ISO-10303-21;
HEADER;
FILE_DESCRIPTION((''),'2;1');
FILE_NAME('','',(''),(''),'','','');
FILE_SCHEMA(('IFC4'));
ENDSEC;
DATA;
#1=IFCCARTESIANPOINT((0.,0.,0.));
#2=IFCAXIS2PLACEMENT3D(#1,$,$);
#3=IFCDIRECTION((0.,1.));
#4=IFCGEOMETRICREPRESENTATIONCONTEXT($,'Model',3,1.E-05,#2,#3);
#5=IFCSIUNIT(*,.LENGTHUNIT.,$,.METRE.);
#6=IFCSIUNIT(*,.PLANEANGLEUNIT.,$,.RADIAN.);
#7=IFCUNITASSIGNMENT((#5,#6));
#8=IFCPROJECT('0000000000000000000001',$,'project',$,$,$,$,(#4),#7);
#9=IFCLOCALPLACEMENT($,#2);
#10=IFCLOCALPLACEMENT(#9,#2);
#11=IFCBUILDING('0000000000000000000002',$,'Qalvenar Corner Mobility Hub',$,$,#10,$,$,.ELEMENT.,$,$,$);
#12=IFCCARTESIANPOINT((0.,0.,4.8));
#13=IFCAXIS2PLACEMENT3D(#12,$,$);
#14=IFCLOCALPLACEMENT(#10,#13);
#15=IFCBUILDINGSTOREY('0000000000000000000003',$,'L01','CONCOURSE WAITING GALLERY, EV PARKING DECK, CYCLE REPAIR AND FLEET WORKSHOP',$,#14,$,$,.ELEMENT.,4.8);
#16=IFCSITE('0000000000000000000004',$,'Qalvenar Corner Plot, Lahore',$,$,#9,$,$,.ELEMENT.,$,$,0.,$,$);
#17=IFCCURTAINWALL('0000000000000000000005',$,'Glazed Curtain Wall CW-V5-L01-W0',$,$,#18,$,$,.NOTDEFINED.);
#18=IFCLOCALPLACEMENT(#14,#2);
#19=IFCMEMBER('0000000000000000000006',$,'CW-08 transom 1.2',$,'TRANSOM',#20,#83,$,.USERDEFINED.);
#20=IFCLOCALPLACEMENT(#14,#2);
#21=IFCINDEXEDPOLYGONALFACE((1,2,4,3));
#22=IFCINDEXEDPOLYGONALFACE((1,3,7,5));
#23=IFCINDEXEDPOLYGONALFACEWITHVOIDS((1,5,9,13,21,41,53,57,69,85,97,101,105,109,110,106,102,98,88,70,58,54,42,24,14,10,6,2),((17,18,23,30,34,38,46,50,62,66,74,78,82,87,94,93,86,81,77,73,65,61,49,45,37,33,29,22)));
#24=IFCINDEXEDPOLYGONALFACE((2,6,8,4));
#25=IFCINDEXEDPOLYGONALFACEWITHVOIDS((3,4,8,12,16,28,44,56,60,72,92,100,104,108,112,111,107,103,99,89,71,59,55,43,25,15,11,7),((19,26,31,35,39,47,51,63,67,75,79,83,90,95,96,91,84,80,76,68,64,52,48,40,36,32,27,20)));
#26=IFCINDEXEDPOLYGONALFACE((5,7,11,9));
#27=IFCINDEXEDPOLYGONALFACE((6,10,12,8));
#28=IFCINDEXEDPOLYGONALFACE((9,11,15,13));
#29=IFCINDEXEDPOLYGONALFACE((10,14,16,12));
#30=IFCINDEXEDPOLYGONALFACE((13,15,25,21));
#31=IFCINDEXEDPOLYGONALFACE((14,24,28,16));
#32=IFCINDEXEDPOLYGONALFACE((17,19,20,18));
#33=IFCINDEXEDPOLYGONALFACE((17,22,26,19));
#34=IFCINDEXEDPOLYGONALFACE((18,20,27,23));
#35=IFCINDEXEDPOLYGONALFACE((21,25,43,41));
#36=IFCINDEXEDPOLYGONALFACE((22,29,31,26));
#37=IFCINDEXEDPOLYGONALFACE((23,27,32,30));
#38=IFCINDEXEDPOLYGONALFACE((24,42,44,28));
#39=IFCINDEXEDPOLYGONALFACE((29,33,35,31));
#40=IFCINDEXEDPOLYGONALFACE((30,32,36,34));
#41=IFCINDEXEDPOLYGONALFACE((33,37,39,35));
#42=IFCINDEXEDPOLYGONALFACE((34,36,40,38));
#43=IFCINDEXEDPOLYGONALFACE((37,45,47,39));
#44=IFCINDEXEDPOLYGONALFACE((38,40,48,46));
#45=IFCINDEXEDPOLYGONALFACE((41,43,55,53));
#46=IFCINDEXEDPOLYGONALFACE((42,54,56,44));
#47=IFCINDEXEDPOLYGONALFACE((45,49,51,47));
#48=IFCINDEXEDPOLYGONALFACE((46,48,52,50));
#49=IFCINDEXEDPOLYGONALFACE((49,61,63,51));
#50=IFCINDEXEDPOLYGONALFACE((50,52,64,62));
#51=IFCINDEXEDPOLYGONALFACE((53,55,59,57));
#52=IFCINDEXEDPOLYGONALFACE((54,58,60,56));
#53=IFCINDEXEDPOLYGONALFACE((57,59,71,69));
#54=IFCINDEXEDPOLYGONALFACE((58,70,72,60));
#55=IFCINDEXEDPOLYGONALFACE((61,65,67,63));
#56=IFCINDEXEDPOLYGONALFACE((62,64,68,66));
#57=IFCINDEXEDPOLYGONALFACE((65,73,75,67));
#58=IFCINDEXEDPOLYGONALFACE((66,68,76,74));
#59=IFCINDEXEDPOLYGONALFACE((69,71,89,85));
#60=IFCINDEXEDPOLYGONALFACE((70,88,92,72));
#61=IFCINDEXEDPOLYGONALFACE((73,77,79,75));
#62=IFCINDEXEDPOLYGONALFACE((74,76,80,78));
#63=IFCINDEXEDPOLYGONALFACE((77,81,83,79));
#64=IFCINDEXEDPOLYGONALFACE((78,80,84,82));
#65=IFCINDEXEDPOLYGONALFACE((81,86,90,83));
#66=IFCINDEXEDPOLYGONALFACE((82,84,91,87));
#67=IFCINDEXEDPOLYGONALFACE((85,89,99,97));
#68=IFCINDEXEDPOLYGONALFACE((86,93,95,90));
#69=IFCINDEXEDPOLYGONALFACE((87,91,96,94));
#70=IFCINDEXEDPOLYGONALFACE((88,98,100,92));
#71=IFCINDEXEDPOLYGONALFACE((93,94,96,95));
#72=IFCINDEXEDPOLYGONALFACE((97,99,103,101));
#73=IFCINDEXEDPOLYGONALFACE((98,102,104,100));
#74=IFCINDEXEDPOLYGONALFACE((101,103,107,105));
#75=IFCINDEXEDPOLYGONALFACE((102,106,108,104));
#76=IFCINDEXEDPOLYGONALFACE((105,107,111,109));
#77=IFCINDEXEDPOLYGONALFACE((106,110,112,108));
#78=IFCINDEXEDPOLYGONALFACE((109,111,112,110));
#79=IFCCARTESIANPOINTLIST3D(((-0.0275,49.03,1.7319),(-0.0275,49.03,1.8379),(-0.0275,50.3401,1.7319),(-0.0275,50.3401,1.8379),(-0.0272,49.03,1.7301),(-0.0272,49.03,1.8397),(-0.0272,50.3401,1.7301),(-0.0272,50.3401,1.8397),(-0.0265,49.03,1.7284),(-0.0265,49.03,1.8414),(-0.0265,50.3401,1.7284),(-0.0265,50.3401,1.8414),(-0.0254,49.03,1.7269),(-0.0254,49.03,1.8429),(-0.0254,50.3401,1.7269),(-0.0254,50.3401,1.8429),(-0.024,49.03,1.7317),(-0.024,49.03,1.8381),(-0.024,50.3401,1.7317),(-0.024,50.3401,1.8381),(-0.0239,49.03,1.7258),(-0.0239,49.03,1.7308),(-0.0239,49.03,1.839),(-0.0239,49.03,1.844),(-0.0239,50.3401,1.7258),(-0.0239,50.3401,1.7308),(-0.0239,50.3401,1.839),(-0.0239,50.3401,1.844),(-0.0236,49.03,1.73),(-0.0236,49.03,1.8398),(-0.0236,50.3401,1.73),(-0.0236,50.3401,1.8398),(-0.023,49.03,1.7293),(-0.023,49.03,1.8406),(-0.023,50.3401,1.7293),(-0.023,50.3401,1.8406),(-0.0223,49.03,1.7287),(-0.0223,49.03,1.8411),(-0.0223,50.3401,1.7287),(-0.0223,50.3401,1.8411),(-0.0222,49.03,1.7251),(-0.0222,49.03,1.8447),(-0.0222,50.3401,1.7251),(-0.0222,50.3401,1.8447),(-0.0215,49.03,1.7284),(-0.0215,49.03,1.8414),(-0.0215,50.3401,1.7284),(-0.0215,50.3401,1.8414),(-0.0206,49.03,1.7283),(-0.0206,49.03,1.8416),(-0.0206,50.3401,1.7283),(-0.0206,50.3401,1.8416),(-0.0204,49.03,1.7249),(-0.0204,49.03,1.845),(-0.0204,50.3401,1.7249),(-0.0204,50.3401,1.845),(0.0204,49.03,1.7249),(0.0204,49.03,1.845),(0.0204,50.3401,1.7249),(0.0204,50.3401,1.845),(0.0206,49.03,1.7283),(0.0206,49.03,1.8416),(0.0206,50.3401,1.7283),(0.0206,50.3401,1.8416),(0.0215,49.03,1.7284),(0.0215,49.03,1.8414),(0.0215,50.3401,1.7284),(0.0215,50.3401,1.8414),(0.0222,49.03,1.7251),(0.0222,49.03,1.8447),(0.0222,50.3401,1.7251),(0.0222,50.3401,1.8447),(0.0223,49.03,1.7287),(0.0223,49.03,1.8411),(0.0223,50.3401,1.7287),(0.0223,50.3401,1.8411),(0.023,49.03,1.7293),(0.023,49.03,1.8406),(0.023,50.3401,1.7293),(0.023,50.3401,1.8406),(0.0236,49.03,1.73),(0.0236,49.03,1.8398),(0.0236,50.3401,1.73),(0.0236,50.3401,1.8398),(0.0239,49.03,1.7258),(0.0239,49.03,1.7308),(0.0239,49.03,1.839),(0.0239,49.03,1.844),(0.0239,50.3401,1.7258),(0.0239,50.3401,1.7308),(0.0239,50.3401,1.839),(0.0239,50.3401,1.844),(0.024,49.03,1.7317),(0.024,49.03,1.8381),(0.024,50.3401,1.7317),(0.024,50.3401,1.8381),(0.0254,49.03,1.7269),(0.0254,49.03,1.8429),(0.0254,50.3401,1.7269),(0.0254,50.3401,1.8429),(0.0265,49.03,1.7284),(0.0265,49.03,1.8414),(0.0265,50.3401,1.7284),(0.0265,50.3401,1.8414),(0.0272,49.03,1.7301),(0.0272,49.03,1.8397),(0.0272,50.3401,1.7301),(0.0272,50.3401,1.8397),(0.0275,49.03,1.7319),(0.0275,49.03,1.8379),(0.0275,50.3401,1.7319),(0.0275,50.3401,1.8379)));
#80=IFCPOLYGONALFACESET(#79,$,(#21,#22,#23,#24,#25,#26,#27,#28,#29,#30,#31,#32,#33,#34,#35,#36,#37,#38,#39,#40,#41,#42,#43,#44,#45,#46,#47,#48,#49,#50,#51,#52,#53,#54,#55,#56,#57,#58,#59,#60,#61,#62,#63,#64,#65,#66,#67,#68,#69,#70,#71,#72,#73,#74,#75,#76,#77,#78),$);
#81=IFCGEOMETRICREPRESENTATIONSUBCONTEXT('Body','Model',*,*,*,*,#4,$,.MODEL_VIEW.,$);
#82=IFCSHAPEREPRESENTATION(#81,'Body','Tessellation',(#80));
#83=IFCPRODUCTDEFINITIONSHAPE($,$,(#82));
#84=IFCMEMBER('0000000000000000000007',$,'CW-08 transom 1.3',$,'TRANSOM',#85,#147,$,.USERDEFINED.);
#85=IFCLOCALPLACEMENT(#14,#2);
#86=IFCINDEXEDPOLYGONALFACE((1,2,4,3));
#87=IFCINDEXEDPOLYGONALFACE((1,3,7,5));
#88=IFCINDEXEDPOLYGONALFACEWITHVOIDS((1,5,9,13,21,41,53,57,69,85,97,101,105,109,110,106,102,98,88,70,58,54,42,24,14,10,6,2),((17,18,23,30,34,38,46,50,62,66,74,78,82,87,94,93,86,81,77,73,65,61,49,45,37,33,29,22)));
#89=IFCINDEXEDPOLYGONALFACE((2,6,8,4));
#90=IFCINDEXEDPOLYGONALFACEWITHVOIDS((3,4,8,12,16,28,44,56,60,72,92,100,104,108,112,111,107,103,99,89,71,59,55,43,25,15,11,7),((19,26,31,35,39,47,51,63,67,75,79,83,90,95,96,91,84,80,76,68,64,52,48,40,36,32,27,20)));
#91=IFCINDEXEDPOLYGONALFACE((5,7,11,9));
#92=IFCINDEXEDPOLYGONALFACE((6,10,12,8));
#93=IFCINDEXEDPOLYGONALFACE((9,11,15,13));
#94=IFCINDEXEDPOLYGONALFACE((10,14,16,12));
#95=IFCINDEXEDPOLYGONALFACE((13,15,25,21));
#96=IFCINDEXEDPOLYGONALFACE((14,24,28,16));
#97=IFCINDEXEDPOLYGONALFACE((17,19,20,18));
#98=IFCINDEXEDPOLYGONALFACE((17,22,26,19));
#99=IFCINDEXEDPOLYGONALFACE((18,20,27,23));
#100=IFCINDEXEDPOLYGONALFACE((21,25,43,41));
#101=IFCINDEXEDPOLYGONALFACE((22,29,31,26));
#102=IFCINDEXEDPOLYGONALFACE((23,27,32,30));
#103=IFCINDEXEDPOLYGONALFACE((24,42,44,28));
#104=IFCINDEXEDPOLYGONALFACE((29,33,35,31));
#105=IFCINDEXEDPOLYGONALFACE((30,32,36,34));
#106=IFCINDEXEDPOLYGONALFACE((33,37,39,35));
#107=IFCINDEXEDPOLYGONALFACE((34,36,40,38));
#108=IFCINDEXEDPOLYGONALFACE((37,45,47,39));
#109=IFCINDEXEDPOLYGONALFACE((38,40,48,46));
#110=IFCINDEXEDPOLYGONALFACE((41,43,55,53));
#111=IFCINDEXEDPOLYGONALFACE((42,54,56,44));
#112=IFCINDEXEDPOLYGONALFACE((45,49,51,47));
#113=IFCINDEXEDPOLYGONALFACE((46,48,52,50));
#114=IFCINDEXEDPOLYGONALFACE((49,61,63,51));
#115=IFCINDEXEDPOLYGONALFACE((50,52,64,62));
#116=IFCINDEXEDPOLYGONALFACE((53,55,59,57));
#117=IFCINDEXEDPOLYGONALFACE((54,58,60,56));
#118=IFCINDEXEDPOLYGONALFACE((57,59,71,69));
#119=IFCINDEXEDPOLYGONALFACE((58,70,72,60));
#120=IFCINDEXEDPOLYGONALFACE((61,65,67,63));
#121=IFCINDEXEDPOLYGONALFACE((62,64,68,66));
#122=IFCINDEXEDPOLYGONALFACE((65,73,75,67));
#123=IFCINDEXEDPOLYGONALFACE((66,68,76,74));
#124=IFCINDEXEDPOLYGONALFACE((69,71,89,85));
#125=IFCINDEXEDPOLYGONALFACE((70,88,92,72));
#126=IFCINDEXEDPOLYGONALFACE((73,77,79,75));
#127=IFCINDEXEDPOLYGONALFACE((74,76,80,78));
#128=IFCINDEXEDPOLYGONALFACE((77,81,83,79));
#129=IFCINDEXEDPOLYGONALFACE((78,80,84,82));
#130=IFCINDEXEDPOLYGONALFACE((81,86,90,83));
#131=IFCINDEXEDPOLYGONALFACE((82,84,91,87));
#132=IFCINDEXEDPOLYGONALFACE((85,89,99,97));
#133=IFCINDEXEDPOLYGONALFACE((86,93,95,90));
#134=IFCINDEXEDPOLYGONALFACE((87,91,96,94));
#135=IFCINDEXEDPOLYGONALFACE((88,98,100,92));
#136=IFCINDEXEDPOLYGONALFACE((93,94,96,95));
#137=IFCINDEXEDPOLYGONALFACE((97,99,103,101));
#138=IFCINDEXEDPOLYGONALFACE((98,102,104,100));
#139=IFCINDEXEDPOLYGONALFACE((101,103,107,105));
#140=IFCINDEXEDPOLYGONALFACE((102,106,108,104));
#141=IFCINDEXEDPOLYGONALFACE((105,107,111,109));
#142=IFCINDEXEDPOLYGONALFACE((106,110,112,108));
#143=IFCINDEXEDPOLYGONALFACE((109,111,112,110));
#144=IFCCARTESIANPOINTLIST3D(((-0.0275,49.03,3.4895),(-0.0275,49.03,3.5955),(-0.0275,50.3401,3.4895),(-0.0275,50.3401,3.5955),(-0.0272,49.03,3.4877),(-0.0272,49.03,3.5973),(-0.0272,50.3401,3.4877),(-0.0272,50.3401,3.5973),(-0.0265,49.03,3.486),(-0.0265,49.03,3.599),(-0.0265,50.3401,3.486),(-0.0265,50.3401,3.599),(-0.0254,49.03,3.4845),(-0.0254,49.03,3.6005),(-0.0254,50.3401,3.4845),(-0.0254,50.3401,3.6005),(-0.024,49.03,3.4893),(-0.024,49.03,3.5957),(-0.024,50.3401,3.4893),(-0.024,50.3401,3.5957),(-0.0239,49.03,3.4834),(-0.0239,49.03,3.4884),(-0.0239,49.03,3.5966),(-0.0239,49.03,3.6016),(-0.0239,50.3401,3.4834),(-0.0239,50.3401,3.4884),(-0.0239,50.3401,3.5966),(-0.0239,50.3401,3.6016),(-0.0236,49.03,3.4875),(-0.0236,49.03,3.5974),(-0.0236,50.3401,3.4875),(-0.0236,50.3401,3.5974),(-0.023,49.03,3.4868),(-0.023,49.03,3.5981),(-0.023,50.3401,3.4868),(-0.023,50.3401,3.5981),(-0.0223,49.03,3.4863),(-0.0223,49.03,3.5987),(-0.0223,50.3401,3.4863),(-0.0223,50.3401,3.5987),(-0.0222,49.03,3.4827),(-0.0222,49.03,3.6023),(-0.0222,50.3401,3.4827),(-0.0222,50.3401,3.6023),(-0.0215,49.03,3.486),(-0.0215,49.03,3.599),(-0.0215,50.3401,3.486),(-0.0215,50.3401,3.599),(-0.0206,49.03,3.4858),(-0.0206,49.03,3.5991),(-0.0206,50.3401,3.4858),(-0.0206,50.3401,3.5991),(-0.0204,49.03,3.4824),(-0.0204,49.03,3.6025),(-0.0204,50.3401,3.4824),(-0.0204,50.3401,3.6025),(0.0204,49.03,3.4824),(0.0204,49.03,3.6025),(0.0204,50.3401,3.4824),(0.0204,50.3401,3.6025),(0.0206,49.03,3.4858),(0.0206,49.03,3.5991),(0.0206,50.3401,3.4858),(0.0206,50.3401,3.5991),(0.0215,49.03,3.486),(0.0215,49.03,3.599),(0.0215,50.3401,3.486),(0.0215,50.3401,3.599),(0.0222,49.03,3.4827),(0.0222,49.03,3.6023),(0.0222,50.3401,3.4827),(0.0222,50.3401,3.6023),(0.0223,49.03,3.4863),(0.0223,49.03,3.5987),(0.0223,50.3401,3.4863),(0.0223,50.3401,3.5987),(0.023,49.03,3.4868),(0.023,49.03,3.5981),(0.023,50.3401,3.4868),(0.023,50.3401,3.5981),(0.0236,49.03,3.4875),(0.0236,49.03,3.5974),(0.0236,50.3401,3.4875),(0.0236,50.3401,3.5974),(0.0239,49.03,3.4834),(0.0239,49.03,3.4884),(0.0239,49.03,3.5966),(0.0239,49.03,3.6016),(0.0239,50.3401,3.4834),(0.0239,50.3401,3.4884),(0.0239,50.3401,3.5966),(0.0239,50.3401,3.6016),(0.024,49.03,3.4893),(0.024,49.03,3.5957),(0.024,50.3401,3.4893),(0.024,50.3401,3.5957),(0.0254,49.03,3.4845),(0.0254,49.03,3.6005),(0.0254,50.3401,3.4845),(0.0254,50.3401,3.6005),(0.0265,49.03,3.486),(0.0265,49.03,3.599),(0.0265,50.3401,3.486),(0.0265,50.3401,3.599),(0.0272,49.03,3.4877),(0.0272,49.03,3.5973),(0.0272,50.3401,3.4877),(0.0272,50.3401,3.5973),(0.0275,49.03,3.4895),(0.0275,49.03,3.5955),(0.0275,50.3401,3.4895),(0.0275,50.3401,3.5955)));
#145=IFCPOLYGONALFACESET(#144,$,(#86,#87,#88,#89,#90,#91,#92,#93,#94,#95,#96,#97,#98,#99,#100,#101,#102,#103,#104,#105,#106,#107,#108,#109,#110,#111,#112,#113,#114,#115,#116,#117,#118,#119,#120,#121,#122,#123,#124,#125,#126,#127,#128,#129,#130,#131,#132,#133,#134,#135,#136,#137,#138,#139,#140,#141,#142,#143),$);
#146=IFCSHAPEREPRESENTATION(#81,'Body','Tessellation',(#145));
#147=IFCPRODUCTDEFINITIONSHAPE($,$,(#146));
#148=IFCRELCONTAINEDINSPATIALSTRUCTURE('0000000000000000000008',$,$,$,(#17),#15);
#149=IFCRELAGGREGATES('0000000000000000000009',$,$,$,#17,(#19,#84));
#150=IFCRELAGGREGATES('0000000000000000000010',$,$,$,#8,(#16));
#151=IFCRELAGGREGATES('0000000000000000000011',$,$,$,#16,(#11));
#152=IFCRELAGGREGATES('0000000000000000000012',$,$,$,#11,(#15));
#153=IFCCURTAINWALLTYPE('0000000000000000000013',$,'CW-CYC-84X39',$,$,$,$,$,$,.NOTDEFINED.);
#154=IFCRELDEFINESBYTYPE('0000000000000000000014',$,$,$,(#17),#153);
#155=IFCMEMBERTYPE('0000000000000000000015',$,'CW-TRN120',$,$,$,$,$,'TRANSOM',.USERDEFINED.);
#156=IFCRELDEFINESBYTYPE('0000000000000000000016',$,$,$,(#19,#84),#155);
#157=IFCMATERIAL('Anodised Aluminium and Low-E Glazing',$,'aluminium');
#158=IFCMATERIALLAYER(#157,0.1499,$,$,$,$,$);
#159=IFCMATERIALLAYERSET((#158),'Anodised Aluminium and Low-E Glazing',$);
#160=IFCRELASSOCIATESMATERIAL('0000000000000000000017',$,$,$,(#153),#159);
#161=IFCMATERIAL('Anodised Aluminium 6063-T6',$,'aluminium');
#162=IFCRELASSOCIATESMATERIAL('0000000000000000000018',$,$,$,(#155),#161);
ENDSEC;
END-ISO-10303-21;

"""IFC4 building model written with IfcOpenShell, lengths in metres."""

from ifc_helpers import new_model, si_unit, direction, frame, origin, origin_2d, place, context, subcontext, project, spatial, hollow_rectangle, extrude, material, layer, layer_set, material_profile, profile_set, type_object, element, aggregate, save


model = new_model("IFC4")

# Units and contexts
model_context = context("Model", 3, precision=1e-05, world=origin(), true_north=direction((0.0, 1.0)))
body_context = subcontext(model_context, "Body", "Model", "MODEL_VIEW")
ifc_project = project(units=[si_unit("LENGTHUNIT", "METRE"), si_unit("PLANEANGLEUNIT", "RADIAN")], contexts=[model_context])

# Site, building, storey
site_placement = place(None, origin())
site = spatial("IfcSite", under=ifc_project, at=site_placement, Name="Qalvenar Corner Plot, Lahore", CompositionType="ELEMENT", RefElevation=0.0)
building_placement = place(site_placement, origin())
building = spatial("IfcBuilding", under=site, at=building_placement, Name="Qalvenar Corner Mobility Hub", CompositionType="ELEMENT")
storey_placement = place(building_placement, frame((0.0, 0.0, 4.8)))
storey = spatial("IfcBuildingStorey", under=building, at=storey_placement, Name="L01", Description="CONCOURSE WAITING GALLERY, EV PARKING DECK, CYCLE REPAIR AND FLEET WORKSHOP", CompositionType="ELEMENT", Elevation=4.8)

# Curtain wall, members
ifc_material_1 = material(Name="Anodised Aluminium and Low-E Glazing", Category="aluminium")
ifc_layer_1 = layer(ifc_material_1, 0.1499)
ifc_layer_set_1 = layer_set([ifc_layer_1], Name="Anodised Aluminium and Low-E Glazing")
curtain_wall_type = type_object("IfcCurtainWallType", Name="CW-CYC-84X39", PredefinedType="NOTDEFINED", material=ifc_layer_set_1)
curtain_wall_placement = place(storey_placement, origin())
curtain_wall = element("IfcCurtainWall", 1, at=curtain_wall_placement, inside=storey, type_object=curtain_wall_type, Name="Glazed Curtain Wall CW-V5-L01-W0", PredefinedType="NOTDEFINED")
ifc_material_2 = material(Name="Anodised Aluminium 6063-T6", Category="aluminium")
ifc_material_profile_1 = material_profile(ifc_material_2, hollow_rectangle(XDim=0.0549, YDim=0.1201, WallThickness=0.0034, InnerFilletRadius=0.0034, OuterFilletRadius=0.0071, at=origin_2d()), Name="RHS120x55x3.5")
ifc_profile_set_1 = profile_set([ifc_material_profile_1], Name="Anodised Aluminium 6063-T6")
member_type_1 = type_object("IfcMemberType", Name="CW-TRN120", ElementType="TRANSOM", PredefinedType="USERDEFINED", material=ifc_profile_set_1)
member_1_placement = place(storey_placement, frame((0.0, 50.3401, 1.7849), z_axis=(0.0, -1.0, 0.0), x_axis=(1.0, 0.0, 0.0)))
member_1 = element("IfcMember", 2, at=member_1_placement, type_object=member_type_1, Name="CW-08 transom 1.2", ObjectType="TRANSOM", PredefinedType="USERDEFINED", context=body_context, shape_type="SweptSolid", body=[
    extrude(hollow_rectangle(XDim=0.0549, YDim=0.1201, WallThickness=0.0034, InnerFilletRadius=0.0034, OuterFilletRadius=0.0071, at=origin_2d()), origin(), (0.0, 0.0, 1.0), 1.3101),
])
member_2_placement = place(storey_placement, frame((0.0, 50.3401, 3.5425), z_axis=(0.0, -1.0, 0.0), x_axis=(1.0, 0.0, 0.0)))
member_2 = element("IfcMember", 3, at=member_2_placement, type_object=member_type_1, Name="CW-08 transom 1.3", ObjectType="TRANSOM", PredefinedType="USERDEFINED", context=body_context, shape_type="SweptSolid", body=[
    extrude(hollow_rectangle(XDim=0.0549, YDim=0.1201, WallThickness=0.0034, InnerFilletRadius=0.0034, OuterFilletRadius=0.0071, at=origin_2d()), origin(), (0.0, 0.0, 1.0), 1.3101),
])
aggregate(curtain_wall, [member_1, member_2])

save(model, "model.ifc")
